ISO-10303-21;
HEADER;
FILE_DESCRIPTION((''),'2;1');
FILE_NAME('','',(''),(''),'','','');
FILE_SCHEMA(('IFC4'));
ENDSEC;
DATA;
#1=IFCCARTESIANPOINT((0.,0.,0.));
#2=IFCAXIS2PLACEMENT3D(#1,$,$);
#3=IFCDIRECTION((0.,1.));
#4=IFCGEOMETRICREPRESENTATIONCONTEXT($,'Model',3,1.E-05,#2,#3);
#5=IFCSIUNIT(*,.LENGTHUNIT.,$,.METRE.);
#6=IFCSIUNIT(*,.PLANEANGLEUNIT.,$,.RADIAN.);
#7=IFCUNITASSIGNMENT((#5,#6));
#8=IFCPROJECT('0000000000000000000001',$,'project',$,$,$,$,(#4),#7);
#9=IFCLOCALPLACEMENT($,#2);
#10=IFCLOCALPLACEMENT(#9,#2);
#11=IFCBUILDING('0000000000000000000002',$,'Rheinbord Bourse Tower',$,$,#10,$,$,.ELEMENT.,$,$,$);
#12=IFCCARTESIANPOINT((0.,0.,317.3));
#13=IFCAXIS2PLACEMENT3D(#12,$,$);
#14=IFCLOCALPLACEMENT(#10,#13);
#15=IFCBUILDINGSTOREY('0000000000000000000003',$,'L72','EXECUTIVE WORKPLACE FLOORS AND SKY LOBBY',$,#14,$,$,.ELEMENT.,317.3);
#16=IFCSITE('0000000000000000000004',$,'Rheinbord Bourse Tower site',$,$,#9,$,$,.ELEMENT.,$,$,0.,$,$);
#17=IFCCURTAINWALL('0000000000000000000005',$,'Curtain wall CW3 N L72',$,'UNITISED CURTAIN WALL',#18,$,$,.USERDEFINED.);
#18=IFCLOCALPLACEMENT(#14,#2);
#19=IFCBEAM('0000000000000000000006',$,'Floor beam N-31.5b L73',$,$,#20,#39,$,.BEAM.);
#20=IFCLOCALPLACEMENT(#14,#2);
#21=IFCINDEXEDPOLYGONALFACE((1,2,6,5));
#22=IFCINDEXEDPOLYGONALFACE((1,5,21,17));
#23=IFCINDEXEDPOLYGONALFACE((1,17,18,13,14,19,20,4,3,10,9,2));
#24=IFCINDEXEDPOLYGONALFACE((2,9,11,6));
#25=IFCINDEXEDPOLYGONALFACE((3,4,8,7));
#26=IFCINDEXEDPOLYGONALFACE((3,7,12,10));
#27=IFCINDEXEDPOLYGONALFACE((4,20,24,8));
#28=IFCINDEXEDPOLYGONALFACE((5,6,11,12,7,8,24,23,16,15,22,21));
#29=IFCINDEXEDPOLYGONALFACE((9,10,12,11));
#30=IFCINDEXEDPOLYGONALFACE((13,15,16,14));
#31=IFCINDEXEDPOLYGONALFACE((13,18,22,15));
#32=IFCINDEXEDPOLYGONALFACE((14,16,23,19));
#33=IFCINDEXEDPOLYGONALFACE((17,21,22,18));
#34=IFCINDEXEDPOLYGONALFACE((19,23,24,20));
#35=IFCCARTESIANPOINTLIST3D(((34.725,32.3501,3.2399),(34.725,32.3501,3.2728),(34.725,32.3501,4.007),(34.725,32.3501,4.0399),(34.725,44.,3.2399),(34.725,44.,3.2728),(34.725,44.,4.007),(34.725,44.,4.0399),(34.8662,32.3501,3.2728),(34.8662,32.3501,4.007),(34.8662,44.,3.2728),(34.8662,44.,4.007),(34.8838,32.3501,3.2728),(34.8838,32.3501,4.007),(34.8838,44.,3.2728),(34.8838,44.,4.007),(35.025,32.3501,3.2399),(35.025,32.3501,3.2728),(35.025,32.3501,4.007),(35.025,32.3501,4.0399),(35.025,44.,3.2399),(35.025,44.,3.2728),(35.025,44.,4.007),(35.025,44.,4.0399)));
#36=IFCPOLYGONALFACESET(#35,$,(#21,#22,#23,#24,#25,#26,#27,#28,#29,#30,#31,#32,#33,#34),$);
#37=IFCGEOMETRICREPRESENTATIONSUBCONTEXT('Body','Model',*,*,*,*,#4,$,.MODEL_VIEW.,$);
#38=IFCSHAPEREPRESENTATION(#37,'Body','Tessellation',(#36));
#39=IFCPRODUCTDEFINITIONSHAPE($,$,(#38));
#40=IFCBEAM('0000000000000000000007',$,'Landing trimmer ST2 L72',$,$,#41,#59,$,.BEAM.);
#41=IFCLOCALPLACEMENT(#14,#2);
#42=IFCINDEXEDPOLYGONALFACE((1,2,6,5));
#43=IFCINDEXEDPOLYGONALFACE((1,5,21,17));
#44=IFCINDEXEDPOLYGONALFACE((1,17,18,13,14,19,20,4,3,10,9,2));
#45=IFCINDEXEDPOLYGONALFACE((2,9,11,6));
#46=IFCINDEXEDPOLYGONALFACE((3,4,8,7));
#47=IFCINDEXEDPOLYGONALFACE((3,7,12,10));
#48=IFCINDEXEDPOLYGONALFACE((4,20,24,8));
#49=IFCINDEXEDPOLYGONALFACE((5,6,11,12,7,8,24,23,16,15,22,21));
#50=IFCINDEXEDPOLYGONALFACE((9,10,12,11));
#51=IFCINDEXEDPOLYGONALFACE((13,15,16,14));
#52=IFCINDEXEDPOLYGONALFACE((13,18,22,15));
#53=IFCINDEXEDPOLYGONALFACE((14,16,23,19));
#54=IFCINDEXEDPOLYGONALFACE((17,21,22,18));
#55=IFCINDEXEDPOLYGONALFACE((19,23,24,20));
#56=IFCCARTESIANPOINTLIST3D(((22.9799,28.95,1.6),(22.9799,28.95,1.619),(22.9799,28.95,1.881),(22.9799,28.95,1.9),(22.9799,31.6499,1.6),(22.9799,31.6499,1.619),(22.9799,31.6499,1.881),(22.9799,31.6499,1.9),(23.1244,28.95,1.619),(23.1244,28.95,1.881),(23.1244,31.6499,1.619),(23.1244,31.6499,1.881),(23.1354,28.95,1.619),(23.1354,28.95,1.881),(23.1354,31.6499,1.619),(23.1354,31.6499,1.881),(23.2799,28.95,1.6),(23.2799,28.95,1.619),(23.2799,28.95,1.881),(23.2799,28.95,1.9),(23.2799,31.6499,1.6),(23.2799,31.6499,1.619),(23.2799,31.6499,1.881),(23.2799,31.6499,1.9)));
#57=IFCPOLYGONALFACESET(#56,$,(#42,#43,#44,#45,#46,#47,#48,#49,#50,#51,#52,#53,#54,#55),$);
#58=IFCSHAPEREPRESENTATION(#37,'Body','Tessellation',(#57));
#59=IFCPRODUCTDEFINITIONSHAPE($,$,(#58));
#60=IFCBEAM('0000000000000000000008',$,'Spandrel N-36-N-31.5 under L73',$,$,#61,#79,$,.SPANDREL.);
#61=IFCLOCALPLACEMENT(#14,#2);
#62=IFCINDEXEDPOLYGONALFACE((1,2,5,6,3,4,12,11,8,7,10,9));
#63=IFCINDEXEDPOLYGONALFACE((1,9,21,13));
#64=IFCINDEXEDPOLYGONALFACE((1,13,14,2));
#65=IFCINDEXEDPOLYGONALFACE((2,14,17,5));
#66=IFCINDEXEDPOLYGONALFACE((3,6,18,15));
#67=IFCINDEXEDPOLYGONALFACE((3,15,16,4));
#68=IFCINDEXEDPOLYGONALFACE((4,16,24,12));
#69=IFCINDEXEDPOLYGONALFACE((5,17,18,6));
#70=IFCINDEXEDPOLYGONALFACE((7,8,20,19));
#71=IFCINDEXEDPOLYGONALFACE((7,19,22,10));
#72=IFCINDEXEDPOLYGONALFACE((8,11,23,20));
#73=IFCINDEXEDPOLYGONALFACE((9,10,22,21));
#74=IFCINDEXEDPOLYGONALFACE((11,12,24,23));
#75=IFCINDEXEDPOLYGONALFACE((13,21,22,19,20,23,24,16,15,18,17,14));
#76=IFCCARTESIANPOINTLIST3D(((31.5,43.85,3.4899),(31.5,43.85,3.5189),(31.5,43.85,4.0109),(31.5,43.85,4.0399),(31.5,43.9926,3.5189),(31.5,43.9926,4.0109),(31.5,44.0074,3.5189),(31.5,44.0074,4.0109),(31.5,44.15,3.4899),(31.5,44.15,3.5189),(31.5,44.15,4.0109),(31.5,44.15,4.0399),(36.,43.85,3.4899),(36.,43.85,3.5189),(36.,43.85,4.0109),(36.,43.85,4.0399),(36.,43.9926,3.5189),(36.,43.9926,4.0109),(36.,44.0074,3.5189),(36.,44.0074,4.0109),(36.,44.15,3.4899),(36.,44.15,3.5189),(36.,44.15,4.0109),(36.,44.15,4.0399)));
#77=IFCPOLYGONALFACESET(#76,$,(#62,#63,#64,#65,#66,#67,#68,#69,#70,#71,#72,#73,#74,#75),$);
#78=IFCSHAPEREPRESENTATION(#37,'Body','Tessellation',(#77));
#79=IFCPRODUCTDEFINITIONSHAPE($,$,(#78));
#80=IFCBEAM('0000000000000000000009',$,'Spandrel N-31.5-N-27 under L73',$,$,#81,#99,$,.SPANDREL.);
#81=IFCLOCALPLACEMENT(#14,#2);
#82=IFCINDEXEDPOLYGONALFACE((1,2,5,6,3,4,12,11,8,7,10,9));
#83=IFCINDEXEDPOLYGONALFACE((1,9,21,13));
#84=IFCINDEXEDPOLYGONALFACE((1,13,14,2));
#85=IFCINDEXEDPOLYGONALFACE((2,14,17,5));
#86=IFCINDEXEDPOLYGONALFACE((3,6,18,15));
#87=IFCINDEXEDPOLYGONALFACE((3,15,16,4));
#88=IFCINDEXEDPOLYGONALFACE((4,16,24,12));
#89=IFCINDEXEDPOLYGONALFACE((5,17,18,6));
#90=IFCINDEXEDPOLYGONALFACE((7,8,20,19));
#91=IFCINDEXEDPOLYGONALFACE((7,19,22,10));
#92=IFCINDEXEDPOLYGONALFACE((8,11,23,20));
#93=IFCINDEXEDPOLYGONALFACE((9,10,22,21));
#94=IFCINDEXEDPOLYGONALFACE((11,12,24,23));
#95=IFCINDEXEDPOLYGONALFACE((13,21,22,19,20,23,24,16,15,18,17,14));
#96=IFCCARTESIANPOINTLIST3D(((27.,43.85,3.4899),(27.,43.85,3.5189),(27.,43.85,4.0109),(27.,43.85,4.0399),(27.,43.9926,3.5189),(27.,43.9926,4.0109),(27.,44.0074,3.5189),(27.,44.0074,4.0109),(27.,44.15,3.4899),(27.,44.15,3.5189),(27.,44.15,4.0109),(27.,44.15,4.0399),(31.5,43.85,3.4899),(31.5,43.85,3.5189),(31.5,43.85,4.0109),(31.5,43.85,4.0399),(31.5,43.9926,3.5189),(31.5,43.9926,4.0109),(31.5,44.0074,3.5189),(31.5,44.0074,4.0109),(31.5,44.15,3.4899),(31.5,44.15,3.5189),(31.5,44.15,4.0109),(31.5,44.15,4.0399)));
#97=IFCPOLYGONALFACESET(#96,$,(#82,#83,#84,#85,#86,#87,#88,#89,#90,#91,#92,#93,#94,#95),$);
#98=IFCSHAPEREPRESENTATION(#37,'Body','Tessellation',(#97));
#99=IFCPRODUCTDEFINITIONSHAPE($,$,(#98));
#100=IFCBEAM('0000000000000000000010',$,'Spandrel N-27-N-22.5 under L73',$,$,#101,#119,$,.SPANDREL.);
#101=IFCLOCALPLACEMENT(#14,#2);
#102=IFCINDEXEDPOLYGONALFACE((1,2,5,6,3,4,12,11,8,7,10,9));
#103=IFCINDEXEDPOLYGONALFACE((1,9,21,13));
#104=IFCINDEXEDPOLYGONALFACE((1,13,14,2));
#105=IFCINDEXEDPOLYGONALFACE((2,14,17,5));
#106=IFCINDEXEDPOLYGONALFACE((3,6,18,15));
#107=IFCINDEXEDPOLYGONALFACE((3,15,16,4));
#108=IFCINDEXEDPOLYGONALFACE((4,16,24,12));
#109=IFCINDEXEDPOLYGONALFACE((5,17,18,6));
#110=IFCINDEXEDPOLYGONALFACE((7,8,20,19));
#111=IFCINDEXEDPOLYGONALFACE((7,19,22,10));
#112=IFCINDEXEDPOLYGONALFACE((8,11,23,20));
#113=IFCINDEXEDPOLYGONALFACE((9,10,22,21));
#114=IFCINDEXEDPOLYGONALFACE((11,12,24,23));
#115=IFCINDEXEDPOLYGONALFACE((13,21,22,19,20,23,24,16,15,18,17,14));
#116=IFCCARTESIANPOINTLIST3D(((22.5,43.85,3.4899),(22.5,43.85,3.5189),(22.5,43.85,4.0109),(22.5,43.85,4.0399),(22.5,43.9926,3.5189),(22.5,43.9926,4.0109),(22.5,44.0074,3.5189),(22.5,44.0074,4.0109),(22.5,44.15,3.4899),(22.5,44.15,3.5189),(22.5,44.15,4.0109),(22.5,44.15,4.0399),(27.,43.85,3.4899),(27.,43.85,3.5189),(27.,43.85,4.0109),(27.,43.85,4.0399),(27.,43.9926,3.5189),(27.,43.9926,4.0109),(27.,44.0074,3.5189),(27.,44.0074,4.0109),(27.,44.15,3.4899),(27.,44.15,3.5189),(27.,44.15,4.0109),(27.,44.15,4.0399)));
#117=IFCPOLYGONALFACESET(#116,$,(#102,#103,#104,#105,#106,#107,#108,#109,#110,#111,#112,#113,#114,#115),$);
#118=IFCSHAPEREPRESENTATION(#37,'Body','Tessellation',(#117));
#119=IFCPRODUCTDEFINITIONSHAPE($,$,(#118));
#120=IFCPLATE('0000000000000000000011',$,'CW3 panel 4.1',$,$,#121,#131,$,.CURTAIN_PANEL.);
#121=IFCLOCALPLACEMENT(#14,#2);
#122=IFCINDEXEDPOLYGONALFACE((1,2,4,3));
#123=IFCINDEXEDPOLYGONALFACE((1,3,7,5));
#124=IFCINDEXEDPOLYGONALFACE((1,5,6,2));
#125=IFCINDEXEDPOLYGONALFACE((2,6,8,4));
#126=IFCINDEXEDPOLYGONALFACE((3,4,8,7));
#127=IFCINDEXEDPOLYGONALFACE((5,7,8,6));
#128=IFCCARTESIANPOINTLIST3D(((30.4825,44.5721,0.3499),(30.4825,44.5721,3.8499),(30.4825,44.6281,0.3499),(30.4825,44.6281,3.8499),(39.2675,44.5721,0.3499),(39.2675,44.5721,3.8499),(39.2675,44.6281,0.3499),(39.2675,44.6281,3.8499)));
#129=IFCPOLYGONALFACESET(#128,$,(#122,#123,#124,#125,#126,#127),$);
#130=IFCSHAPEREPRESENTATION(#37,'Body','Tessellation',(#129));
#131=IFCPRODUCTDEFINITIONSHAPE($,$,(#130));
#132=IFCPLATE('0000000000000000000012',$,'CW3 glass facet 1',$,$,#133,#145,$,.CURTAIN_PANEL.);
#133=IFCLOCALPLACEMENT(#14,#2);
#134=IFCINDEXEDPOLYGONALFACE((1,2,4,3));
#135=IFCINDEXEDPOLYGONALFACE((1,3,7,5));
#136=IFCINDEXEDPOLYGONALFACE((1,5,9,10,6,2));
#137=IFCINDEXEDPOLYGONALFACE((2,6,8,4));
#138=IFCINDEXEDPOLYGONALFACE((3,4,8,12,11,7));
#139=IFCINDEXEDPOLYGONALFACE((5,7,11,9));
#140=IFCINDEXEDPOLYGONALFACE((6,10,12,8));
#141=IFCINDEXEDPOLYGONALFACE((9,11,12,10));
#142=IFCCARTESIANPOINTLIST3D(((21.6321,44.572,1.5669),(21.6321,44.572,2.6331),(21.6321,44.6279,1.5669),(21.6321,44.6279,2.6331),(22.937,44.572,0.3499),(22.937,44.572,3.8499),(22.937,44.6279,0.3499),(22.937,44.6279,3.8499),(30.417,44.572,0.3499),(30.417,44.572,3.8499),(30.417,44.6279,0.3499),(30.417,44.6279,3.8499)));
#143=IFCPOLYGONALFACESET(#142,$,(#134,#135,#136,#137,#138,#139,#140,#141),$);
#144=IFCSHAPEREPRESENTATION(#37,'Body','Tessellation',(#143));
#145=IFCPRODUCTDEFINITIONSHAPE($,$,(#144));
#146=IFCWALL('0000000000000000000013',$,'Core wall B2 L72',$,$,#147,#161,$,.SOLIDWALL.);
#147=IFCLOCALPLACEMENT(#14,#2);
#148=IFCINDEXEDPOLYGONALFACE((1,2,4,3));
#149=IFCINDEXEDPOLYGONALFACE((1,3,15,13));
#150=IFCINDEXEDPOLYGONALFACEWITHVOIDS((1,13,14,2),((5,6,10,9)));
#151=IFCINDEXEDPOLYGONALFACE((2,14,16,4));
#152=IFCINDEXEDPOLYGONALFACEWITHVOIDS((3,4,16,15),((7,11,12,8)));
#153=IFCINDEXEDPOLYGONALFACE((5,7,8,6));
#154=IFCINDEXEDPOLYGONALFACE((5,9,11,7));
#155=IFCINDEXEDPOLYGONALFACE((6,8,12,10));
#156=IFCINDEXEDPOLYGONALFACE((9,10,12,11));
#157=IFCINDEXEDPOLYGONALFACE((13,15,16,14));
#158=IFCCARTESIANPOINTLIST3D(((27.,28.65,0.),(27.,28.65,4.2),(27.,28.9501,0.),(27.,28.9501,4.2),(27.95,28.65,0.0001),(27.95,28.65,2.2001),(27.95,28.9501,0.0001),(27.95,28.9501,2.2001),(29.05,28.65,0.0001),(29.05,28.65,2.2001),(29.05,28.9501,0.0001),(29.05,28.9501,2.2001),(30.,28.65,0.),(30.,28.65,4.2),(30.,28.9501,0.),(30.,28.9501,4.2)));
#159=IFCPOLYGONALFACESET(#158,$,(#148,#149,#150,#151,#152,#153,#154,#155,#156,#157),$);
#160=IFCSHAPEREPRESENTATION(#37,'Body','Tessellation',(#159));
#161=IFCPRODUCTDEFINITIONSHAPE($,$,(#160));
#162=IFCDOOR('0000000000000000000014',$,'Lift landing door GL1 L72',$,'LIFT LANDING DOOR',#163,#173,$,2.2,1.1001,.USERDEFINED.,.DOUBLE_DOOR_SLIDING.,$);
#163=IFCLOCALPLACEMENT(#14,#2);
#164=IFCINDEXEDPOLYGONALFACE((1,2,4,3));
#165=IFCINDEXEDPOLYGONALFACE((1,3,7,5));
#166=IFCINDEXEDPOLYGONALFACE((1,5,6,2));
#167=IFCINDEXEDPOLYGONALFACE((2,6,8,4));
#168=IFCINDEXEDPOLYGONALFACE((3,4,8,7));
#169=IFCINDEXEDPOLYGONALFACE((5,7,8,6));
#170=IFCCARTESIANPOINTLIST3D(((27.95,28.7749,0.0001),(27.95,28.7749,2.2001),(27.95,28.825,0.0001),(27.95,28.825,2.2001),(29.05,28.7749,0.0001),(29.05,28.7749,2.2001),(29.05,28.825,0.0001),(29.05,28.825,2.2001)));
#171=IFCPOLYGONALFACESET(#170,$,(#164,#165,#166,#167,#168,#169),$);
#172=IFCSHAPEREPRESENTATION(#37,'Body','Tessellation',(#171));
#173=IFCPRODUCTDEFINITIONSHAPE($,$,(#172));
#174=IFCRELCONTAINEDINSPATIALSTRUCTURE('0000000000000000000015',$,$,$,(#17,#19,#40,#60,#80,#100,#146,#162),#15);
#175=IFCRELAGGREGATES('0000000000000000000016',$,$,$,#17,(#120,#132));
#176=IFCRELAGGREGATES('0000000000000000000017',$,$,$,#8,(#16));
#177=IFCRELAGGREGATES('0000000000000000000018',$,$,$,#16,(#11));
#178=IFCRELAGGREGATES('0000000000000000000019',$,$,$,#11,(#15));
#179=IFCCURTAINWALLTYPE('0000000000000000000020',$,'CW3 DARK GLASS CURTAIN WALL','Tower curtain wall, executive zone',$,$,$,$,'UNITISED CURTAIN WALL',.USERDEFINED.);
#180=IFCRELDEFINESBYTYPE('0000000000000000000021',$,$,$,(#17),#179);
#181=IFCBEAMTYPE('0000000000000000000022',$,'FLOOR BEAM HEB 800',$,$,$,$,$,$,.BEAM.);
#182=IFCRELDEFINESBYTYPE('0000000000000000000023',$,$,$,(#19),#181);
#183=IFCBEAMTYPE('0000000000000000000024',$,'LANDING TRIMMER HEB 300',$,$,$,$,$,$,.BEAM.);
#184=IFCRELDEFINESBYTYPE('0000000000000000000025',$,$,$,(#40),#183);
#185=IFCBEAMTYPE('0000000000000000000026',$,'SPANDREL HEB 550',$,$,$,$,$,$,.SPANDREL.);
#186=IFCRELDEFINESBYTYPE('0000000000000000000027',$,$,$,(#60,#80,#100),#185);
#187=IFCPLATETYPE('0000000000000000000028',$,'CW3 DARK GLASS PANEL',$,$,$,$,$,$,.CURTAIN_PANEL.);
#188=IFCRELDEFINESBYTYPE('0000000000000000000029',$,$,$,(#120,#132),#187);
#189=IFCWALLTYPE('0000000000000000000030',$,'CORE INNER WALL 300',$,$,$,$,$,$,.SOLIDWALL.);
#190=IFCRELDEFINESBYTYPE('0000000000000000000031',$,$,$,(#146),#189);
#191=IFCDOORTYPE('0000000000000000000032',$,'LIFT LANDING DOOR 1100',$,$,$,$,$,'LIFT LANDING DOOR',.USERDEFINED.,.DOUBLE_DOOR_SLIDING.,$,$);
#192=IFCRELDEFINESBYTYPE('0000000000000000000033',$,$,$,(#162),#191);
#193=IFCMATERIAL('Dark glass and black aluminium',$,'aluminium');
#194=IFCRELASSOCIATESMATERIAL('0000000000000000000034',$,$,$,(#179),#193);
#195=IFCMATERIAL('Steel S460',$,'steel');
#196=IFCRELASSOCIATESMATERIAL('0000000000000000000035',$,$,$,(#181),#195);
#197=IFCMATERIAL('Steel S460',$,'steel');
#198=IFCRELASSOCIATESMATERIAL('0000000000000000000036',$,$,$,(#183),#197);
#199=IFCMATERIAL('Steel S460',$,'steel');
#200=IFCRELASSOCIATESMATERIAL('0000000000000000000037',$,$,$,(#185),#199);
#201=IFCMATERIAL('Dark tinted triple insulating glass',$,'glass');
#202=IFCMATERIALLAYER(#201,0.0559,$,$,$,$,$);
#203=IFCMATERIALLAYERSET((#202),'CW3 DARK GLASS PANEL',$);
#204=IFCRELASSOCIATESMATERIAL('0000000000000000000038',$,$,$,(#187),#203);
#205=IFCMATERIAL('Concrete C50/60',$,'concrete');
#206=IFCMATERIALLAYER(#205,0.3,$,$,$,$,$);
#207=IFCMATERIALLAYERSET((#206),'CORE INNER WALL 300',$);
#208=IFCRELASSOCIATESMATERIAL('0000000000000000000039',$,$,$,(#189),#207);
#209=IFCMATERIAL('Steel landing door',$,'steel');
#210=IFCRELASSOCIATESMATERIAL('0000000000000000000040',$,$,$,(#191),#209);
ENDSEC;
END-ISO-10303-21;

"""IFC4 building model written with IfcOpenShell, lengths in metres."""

from ifc_helpers import new_model, si_unit, direction, frame, frame_2d, origin, origin_2d, place, context, subcontext, project, spatial, polyline, rectangle, i_section, outline, extrude, material, layer, layer_set, material_profile, profile_set, type_object, element, fill, aggregate, save


model = new_model("IFC4")

# Units and contexts
model_context = context("Model", 3, precision=1e-05, world=origin(), true_north=direction((0.0, 1.0)))
body_context = subcontext(model_context, "Body", "Model", "MODEL_VIEW")
ifc_project = project(units=[si_unit("LENGTHUNIT", "METRE"), si_unit("PLANEANGLEUNIT", "RADIAN")], contexts=[model_context])

# Site, building, storey
site_placement = place(None, origin())
site = spatial("IfcSite", under=ifc_project, at=site_placement, Name="Rheinbord Bourse Tower site", CompositionType="ELEMENT", RefElevation=0.0)
building_placement = place(site_placement, origin())
building = spatial("IfcBuilding", under=site, at=building_placement, Name="Rheinbord Bourse Tower", CompositionType="ELEMENT")
storey_placement = place(building_placement, frame((0.0, 0.0, 317.3)))
storey = spatial("IfcBuildingStorey", under=building, at=storey_placement, Name="L72", Description="EXECUTIVE WORKPLACE FLOORS AND SKY LOBBY", CompositionType="ELEMENT", Elevation=317.3)

# Curtain wall
ifc_material_1 = material(Name="Dark glass and black aluminium", Category="aluminium")
curtain_wall_type = type_object("IfcCurtainWallType", Name="CW3 DARK GLASS CURTAIN WALL", Description="Tower curtain wall, executive zone", ElementType="UNITISED CURTAIN WALL", PredefinedType="USERDEFINED", material=ifc_material_1)
curtain_wall_placement = place(storey_placement, origin())
curtain_wall = element("IfcCurtainWall", 1, at=curtain_wall_placement, inside=storey, type_object=curtain_wall_type, Name="Curtain wall CW3 N L72", ObjectType="UNITISED CURTAIN WALL", PredefinedType="USERDEFINED")

# Beams
ifc_material_2 = material(Name="Steel S460", Category="steel")
ifc_material_profile_1 = material_profile(ifc_material_2, i_section(OverallWidth=0.3, OverallDepth=0.8, WebThickness=0.0176, FlangeThickness=0.033, at=origin_2d()), Name="HEB 800")
ifc_profile_set_1 = profile_set([ifc_material_profile_1], Name="Steel S460")
beam_type_1 = type_object("IfcBeamType", Name="FLOOR BEAM HEB 800", PredefinedType="BEAM", material=ifc_profile_set_1)
for number, where, z_axis, x_axis, name in (
    (2, (34.875, 44.0, 3.6399), (0.0, -1.0, 0.0), (1.0, 0.0, 0.0), "Floor beam N-31.5b L73"),
):
    element("IfcBeam", number, at=place(storey_placement, frame(where, z_axis=z_axis, x_axis=x_axis)), inside=storey, type_object=beam_type_1, Name=name, PredefinedType="BEAM", context=body_context, shape_type="SweptSolid", body=[
        extrude(i_section(OverallWidth=0.3, OverallDepth=0.8, WebThickness=0.0176, FlangeThickness=0.033, at=origin_2d()), origin(), (0.0, 0.0, 1.0), 11.6499),
    ])
ifc_material_3 = material(Name="Steel S460", Category="steel")
ifc_material_profile_2 = material_profile(ifc_material_3, i_section(OverallWidth=0.3, OverallDepth=0.3, WebThickness=0.011, FlangeThickness=0.019, at=origin_2d()), Name="HEB 300")
ifc_profile_set_2 = profile_set([ifc_material_profile_2], Name="Steel S460")
beam_type_2 = type_object("IfcBeamType", Name="LANDING TRIMMER HEB 300", PredefinedType="BEAM", material=ifc_profile_set_2)
beam_placement = place(storey_placement, frame((23.1299, 28.95, 1.75), z_axis=(0.0, 1.0, 0.0), x_axis=(-1.0, 0.0, 0.0)))
element("IfcBeam", 3, at=beam_placement, inside=storey, type_object=beam_type_2, Name="Landing trimmer ST2 L72", PredefinedType="BEAM", context=body_context, shape_type="SweptSolid", body=[
    extrude(i_section(OverallWidth=0.3, OverallDepth=0.3, WebThickness=0.011, FlangeThickness=0.019, at=origin_2d()), origin(), (0.0, 0.0, 1.0), 2.7),
])
ifc_material_4 = material(Name="Steel S460", Category="steel")
ifc_material_profile_3 = material_profile(ifc_material_4, i_section(OverallWidth=0.3, OverallDepth=0.55, WebThickness=0.0149, FlangeThickness=0.0291, at=origin_2d()), Name="HEB 550")
ifc_profile_set_3 = profile_set([ifc_material_profile_3], Name="Steel S460")
beam_type_3 = type_object("IfcBeamType", Name="SPANDREL HEB 550", PredefinedType="SPANDREL", material=ifc_profile_set_3)
for number, where, z_axis, x_axis, name in (
    (4, (36.0, 44.0, 3.7649), (-1.0, 0.0, 0.0), (0.0, -1.0, 0.0), "Spandrel N-36-N-31.5 under L73"),
    (5, (31.5, 44.0, 3.7649), (-1.0, 0.0, 0.0), (0.0, -1.0, 0.0), "Spandrel N-31.5-N-27 under L73"),
    (6, (27.0, 44.0, 3.7649), (-1.0, 0.0, 0.0), (0.0, -1.0, 0.0), "Spandrel N-27-N-22.5 under L73"),
):
    element("IfcBeam", number, at=place(storey_placement, frame(where, z_axis=z_axis, x_axis=x_axis)), inside=storey, type_object=beam_type_3, Name=name, PredefinedType="SPANDREL", context=body_context, shape_type="SweptSolid", body=[
        extrude(i_section(OverallWidth=0.3, OverallDepth=0.55, WebThickness=0.0149, FlangeThickness=0.0291, at=origin_2d()), origin(), (0.0, 0.0, 1.0), 4.5),
    ])

# Plates
ifc_material_5 = material(Name="Dark tinted triple insulating glass", Category="glass")
ifc_layer_1 = layer(ifc_material_5, 0.0559)
ifc_layer_set_1 = layer_set([ifc_layer_1], Name="CW3 DARK GLASS PANEL")
plate_type = type_object("IfcPlateType", Name="CW3 DARK GLASS PANEL", PredefinedType="CURTAIN_PANEL", material=ifc_layer_set_1)
plate_1_placement = place(storey_placement, frame((34.875, 44.6001, 0.3499), z_axis=(0.0, 0.0, 1.0), x_axis=(-1.0, 0.0, 0.0)))
plate_1 = element("IfcPlate", 7, at=plate_1_placement, type_object=plate_type, Name="CW3 panel 4.1", PredefinedType="CURTAIN_PANEL", context=body_context, shape_type="SweptSolid", body=[
    extrude(rectangle(XDim=8.7849, YDim=0.0559, at=origin_2d()), origin(), (0.0, 0.0, 1.0), 3.5),
])
plate_2_placement = place(storey_placement, frame((30.417, 44.6279, 0.3499), z_axis=(0.0, -1.0, 0.0), x_axis=(0.0, 0.0, 1.0)))
plate_2 = element("IfcPlate", 8, at=plate_2_placement, type_object=plate_type, Name="CW3 glass facet 1", PredefinedType="CURTAIN_PANEL", context=body_context, shape_type="SweptSolid", body=[
    extrude(outline(polyline([(0.0, 0.0), (3.5, 0.0), (3.5, 7.48), (2.2832, 8.7849), (1.217, 8.7849), (0.0, 7.48), (0.0, 0.0)])), origin(), (0.0, 0.0, 1.0), 0.0559),
])
aggregate(curtain_wall, [plate_1, plate_2])

# Wall, opening, door
ifc_material_6 = material(Name="Concrete C50/60", Category="concrete")
ifc_layer_2 = layer(ifc_material_6, 0.3)
ifc_layer_set_2 = layer_set([ifc_layer_2], Name="CORE INNER WALL 300")
wall_type_1 = type_object("IfcWallType", Name="CORE INNER WALL 300", PredefinedType="SOLIDWALL", material=ifc_layer_set_2)
wall_1_placement = place(storey_placement, frame((27.0, 28.8, 0.0), z_axis=(0.0, 0.0, 1.0), x_axis=(1.0, 0.0, 0.0)))
wall_1 = element("IfcWall", 9, at=wall_1_placement, inside=storey, type_object=wall_type_1, Name="Core wall B2 L72", PredefinedType="SOLIDWALL", context=body_context, shape_type="SweptSolid", body=[
    extrude(rectangle(XDim=3.0, YDim=0.3, at=frame_2d((1.5, 0.0))), origin(), (0.0, 0.0, 1.0), 4.2),
])
opening_1_placement = place(wall_1_placement, frame((0.95, 0.0, 0.0)))
opening_1 = element("IfcOpeningElement", 10, at=opening_1_placement, cuts=wall_1, PredefinedType="OPENING", context=body_context, shape_type="SweptSolid", body=[
    extrude(rectangle(XDim=1.1001, YDim=2.2, at=frame_2d((0.55, 1.1001))), frame((0.0, 0.1599, 0.0), z_axis=(0.0, -1.0, 0.0), x_axis=(1.0, 0.0, 0.0)), (0.0, 0.0, 1.0), 0.3201),
])
ifc_material_7 = material(Name="Steel landing door", Category="steel")
door_type = type_object("IfcDoorType", Name="LIFT LANDING DOOR 1100", ElementType="LIFT LANDING DOOR", OperationType="DOUBLE_DOOR_SLIDING", PredefinedType="USERDEFINED", material=ifc_material_7)
door_1_placement = place(opening_1_placement, origin())
door_1 = element("IfcDoor", 11, at=door_1_placement, inside=storey, type_object=door_type, Name="Lift landing door GL1 L72", ObjectType="LIFT LANDING DOOR", OperationType="DOUBLE_DOOR_SLIDING", OverallHeight=2.2, OverallWidth=1.1001, PredefinedType="USERDEFINED", context=body_context, shape_type="SweptSolid", body=[
    extrude(rectangle(XDim=1.1001, YDim=2.2, at=frame_2d((0.55, 1.1001))), frame((0.0, 0.0249, 0.0), z_axis=(0.0, -1.0, 0.0), x_axis=(1.0, 0.0, 0.0)), (0.0, 0.0, 1.0), 0.05),
])
fill(opening_1, door_1)

save(model, "model.ifc")
